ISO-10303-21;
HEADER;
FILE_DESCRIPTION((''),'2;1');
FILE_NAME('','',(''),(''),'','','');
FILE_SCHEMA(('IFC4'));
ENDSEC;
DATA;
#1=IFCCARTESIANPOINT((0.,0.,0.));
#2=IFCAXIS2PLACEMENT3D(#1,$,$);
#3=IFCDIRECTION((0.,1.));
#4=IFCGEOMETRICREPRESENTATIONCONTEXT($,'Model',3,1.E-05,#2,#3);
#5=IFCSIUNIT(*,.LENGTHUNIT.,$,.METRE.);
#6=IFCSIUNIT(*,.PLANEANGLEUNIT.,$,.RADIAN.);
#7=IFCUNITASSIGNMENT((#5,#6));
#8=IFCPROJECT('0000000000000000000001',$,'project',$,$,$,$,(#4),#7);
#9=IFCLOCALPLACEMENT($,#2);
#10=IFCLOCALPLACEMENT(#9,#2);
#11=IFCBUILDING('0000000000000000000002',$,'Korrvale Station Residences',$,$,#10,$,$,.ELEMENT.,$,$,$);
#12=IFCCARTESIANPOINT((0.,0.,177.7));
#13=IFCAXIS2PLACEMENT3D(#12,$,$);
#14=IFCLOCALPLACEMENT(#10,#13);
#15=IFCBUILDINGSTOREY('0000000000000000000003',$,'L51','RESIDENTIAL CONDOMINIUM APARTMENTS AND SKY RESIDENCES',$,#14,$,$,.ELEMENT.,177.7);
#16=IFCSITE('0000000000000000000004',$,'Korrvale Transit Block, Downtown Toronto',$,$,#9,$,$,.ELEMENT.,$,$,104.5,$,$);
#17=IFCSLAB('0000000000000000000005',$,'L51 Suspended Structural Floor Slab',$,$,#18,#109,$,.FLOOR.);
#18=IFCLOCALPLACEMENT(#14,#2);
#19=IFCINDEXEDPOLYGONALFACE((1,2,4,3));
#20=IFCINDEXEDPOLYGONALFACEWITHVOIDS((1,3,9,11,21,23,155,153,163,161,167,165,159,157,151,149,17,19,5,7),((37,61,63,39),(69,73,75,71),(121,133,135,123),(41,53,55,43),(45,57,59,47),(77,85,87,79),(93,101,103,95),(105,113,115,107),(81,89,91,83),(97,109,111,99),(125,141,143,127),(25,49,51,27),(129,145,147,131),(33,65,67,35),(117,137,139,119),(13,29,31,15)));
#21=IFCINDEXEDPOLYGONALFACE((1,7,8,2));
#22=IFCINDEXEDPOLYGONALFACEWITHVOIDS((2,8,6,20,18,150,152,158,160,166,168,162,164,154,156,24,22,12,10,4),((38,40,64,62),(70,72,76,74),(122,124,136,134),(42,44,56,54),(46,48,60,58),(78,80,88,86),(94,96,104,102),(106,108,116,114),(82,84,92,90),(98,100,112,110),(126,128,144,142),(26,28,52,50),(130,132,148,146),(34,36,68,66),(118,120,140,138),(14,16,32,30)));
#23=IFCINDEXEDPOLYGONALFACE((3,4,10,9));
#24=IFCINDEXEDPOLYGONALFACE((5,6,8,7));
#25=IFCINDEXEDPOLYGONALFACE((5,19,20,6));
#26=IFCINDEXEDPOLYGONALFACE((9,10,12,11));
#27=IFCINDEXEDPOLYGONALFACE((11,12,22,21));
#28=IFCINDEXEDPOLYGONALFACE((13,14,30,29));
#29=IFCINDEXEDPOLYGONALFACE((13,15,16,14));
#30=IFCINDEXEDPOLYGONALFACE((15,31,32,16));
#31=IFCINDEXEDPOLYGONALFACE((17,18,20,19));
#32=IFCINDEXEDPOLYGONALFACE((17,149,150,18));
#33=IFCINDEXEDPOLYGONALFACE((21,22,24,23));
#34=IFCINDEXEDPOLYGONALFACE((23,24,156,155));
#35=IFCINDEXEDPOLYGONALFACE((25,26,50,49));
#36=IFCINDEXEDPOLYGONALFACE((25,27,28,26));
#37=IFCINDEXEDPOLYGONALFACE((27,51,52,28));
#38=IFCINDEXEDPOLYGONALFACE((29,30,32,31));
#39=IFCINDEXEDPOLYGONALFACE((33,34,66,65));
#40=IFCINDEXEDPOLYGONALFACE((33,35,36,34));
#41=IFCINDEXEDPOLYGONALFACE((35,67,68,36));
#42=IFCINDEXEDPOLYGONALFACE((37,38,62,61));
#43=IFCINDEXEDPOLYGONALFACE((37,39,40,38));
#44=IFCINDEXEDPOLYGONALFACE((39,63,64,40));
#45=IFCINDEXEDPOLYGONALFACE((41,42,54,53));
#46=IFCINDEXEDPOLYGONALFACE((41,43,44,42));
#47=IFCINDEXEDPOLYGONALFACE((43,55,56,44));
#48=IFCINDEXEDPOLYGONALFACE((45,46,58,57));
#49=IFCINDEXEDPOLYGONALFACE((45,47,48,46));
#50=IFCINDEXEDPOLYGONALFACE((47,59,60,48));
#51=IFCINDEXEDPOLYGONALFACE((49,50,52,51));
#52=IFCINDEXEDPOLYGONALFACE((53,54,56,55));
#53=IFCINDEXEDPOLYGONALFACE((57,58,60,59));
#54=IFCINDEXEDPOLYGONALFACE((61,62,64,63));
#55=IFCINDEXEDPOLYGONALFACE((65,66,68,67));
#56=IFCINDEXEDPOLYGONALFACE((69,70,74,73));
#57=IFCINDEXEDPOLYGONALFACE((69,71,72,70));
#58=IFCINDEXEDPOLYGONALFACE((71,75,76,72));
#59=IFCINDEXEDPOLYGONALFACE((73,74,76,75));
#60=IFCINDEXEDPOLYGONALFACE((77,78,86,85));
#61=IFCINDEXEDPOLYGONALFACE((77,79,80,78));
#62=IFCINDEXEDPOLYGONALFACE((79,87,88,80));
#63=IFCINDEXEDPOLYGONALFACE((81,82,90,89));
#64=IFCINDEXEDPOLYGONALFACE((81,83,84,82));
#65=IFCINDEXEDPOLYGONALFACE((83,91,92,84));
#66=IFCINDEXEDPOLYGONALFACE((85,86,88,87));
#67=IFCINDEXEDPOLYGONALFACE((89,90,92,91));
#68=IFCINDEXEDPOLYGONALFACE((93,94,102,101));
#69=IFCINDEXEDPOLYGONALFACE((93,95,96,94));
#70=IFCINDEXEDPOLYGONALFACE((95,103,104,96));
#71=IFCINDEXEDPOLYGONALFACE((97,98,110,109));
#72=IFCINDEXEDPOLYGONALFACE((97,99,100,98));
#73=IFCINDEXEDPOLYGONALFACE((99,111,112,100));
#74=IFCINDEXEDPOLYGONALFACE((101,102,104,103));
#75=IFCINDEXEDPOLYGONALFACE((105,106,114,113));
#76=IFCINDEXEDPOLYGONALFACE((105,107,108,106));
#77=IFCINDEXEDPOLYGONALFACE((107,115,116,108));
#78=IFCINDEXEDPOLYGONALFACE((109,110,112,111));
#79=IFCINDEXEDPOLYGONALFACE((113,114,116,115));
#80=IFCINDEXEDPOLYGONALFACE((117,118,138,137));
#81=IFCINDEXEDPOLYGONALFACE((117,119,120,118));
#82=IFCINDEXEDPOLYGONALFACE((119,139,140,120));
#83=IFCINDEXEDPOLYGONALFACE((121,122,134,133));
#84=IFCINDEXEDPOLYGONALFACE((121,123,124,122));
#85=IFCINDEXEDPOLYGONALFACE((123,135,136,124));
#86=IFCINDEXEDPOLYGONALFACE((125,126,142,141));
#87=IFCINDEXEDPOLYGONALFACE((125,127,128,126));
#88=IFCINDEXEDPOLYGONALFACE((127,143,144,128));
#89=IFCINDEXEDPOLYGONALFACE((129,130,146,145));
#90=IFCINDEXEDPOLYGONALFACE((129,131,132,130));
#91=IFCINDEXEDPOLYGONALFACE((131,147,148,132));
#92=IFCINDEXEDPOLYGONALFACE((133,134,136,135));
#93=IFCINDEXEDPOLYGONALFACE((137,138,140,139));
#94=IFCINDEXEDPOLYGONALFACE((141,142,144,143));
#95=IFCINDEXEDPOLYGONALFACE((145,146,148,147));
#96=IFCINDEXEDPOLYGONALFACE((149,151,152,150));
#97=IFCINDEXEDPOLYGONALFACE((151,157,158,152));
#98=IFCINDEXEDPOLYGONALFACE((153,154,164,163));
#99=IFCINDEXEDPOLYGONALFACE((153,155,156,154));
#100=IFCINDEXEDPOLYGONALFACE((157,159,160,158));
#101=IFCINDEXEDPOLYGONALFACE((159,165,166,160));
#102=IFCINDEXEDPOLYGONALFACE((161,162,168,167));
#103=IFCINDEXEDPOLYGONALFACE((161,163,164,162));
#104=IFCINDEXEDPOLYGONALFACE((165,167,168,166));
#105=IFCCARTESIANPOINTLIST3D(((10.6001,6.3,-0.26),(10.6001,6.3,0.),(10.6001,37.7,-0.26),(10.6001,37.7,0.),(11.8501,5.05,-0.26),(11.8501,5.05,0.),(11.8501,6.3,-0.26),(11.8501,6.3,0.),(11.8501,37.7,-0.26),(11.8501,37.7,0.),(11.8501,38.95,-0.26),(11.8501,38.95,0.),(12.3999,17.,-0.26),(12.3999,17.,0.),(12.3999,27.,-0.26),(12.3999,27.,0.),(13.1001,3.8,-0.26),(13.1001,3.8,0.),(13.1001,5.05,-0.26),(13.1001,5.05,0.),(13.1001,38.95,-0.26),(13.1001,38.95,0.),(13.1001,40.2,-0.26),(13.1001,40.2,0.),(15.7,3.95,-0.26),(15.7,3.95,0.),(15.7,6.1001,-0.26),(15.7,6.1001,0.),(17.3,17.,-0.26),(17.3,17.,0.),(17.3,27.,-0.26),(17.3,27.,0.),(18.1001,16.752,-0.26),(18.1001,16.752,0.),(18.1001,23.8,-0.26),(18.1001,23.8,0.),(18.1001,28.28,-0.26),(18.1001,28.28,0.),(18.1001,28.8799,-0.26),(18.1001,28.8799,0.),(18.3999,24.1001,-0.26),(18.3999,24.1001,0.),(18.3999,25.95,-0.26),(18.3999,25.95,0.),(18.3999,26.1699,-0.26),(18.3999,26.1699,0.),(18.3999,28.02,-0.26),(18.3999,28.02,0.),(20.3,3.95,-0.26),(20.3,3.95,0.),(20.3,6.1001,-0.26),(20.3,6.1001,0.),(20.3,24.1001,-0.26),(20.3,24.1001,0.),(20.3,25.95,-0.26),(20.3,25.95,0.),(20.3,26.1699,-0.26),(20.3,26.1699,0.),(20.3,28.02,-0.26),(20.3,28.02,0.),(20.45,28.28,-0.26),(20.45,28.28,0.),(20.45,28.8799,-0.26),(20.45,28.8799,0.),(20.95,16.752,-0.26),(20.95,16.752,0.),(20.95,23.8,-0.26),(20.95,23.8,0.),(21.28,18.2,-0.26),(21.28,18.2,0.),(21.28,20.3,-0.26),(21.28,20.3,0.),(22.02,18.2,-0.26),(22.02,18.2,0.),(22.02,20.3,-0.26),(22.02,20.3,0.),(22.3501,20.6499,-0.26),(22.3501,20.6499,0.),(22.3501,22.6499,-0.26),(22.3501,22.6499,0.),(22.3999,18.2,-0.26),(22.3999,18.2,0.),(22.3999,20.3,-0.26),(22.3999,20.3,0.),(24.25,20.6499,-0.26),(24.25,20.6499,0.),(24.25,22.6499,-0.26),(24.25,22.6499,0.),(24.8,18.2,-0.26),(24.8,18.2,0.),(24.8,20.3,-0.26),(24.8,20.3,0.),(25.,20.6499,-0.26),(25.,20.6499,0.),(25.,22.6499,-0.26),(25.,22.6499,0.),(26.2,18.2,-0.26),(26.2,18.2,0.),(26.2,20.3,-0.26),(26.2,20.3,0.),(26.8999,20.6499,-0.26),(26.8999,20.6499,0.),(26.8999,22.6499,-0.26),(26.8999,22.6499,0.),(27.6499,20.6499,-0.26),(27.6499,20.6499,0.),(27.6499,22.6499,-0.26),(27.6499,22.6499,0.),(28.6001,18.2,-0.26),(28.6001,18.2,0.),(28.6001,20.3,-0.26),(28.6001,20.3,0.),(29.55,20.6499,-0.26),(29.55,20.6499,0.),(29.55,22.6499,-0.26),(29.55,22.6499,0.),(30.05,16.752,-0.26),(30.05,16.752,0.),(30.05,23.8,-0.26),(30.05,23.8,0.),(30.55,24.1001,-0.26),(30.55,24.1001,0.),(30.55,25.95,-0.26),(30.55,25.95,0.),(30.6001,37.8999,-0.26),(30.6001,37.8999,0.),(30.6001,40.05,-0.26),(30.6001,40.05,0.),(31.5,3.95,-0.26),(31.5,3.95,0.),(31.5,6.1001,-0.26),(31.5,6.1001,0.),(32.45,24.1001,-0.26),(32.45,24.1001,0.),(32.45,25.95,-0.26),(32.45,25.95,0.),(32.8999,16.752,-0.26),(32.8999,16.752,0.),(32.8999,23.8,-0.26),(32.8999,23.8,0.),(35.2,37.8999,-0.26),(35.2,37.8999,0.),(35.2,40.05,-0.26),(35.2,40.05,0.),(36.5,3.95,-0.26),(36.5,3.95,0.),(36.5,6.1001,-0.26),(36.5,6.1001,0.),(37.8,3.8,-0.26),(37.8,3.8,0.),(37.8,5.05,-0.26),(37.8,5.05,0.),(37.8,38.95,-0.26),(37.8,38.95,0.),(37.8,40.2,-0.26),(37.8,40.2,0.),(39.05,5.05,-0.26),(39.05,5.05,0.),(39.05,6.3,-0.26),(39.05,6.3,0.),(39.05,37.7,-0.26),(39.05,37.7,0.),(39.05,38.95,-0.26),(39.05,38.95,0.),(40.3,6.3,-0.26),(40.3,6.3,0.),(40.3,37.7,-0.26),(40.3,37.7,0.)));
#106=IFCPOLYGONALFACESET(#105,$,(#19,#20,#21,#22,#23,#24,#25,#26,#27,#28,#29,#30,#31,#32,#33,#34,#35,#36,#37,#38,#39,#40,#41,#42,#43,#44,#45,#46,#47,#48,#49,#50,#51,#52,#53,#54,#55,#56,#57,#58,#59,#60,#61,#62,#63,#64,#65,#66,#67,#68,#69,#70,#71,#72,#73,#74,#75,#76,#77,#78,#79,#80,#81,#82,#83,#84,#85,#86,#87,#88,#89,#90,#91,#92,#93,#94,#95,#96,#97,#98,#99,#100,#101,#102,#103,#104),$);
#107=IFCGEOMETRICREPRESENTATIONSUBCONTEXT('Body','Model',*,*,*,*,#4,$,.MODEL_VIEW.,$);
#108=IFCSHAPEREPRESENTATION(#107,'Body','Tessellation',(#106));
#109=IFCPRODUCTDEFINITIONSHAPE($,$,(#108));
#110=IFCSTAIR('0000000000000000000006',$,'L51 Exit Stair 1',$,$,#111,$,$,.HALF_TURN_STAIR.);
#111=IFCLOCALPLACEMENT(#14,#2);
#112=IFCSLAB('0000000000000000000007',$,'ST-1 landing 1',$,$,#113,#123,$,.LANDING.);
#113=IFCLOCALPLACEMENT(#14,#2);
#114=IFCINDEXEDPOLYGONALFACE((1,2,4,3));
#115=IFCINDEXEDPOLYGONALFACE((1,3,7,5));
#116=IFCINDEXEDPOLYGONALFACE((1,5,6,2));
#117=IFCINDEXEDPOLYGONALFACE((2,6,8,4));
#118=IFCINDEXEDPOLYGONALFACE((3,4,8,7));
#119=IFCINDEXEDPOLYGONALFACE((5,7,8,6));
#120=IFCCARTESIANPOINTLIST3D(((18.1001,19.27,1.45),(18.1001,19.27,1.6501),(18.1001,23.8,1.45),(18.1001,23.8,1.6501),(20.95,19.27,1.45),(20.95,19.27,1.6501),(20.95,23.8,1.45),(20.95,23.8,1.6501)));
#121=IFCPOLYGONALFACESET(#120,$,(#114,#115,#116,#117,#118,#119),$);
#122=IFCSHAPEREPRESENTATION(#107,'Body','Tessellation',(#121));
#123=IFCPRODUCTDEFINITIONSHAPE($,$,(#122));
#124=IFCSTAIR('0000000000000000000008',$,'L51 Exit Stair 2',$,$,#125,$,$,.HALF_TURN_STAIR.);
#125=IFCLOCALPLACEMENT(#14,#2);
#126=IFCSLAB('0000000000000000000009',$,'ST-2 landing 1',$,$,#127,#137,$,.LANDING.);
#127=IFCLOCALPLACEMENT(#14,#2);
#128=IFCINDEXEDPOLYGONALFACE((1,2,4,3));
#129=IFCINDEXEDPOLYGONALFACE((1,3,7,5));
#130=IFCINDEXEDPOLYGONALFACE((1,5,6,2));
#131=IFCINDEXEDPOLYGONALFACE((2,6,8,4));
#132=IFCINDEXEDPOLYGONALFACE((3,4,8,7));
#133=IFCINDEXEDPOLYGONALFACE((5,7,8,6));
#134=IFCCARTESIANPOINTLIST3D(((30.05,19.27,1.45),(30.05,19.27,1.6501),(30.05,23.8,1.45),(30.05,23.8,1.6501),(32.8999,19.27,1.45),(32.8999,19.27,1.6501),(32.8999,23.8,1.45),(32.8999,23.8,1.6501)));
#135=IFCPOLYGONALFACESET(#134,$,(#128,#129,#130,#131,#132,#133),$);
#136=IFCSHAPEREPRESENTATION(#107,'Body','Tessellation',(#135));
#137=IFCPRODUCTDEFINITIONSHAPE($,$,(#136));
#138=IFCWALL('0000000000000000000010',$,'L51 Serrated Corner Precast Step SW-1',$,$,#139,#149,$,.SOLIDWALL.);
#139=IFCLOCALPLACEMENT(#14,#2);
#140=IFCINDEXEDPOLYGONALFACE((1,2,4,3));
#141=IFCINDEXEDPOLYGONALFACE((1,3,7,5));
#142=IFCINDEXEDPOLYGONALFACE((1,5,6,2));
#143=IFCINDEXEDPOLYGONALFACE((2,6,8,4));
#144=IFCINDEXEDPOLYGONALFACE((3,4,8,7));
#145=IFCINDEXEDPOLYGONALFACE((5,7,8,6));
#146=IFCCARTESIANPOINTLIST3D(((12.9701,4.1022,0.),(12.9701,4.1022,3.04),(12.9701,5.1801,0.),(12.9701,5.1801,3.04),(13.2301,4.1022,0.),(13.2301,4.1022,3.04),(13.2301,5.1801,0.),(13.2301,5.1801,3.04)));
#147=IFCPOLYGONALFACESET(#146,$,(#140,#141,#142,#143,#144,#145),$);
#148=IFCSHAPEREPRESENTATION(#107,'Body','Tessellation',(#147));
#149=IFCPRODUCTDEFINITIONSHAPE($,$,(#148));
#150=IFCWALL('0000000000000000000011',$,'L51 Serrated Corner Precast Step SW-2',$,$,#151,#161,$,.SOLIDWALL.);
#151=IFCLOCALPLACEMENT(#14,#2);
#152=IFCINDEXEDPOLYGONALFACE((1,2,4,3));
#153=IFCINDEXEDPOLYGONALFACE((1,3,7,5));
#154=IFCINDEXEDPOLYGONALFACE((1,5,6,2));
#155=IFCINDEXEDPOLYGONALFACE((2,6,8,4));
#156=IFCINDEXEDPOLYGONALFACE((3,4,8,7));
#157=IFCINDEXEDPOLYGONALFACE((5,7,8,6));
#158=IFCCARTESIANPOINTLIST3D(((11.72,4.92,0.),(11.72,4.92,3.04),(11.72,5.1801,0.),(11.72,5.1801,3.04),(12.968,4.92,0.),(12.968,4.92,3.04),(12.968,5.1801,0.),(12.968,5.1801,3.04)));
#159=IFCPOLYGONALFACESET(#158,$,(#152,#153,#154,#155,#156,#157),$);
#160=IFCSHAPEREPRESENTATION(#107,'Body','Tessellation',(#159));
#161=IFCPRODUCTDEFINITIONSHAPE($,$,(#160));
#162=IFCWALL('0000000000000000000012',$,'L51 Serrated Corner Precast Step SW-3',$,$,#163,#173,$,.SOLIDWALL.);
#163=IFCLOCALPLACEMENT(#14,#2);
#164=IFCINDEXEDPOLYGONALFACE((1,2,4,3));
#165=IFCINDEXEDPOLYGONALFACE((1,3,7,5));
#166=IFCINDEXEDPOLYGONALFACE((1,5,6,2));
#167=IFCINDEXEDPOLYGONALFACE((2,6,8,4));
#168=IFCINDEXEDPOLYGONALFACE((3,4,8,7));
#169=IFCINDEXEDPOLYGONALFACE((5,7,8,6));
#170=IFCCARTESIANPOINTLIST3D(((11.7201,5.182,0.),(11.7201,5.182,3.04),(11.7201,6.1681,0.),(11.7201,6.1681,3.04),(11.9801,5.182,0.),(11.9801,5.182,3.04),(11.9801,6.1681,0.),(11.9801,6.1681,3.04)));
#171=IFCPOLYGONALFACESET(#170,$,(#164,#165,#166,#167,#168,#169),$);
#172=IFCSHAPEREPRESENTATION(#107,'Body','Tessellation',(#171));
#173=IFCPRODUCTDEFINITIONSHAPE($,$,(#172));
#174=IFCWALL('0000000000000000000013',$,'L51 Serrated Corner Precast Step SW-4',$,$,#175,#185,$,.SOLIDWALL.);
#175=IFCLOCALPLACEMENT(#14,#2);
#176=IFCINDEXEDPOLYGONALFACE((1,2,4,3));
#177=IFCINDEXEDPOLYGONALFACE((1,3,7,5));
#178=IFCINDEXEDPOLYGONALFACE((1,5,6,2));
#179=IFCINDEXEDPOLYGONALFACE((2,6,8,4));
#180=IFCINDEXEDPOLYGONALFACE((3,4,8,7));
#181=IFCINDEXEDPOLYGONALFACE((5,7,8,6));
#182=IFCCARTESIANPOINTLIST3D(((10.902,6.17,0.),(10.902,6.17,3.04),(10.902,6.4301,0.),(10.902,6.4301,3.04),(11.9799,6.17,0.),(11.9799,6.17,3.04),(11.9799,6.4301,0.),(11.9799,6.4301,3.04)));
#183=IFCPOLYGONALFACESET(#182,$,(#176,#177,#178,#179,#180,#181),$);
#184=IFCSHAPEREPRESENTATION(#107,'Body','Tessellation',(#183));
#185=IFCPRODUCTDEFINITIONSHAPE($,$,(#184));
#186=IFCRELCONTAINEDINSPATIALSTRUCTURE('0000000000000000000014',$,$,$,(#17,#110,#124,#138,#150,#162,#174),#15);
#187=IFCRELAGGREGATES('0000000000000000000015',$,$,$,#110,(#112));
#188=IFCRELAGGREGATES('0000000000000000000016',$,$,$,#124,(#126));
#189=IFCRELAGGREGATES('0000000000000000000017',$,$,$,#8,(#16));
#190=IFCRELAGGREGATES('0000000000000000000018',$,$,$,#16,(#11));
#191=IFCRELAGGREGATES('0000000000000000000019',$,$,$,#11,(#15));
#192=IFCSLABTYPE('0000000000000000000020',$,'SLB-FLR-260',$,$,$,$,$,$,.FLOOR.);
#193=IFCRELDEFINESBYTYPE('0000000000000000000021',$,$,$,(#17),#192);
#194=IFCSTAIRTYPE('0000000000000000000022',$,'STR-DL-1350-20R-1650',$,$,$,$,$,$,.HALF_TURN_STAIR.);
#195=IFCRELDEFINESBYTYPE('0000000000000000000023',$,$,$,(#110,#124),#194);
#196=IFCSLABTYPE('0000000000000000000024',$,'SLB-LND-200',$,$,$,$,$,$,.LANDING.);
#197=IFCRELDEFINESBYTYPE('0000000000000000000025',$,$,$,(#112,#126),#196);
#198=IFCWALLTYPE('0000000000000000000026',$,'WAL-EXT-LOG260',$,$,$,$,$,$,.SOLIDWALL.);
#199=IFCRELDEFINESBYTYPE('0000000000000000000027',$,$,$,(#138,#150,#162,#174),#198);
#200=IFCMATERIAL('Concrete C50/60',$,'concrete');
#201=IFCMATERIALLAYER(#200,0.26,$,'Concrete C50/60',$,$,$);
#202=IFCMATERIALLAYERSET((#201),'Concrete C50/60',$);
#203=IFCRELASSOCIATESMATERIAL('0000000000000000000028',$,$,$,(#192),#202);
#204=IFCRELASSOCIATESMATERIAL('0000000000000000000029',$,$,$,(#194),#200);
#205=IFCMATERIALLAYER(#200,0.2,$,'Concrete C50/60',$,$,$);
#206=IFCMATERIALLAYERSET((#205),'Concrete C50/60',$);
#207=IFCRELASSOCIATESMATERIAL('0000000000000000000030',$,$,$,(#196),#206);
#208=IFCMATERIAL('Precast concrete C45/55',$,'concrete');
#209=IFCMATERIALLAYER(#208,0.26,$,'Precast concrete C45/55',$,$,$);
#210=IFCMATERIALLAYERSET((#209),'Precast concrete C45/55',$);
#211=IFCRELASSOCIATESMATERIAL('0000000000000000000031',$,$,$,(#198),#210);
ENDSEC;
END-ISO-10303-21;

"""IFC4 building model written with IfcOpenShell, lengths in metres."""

from ifc_helpers import new_model, si_unit, direction, frame, frame_2d, origin, place, context, subcontext, project, spatial, polyline, rectangle, outline, extrude, material, layer, layer_set, type_object, element, aggregate, save


model = new_model("IFC4")

# Units and contexts
model_context = context("Model", 3, precision=1e-05, world=origin(), true_north=direction((0.0, 1.0)))
body_context = subcontext(model_context, "Body", "Model", "MODEL_VIEW")
ifc_project = project(units=[si_unit("LENGTHUNIT", "METRE"), si_unit("PLANEANGLEUNIT", "RADIAN")], contexts=[model_context])

# Site, building, storey
site_placement = place(None, origin())
site = spatial("IfcSite", under=ifc_project, at=site_placement, Name="Korrvale Transit Block, Downtown Toronto", CompositionType="ELEMENT", RefElevation=104.5)
building_placement = place(site_placement, origin())
building = spatial("IfcBuilding", under=site, at=building_placement, Name="Korrvale Station Residences", CompositionType="ELEMENT")
storey_placement = place(building_placement, frame((0.0, 0.0, 177.7)))
storey = spatial("IfcBuildingStorey", under=building, at=storey_placement, Name="L51", Description="RESIDENTIAL CONDOMINIUM APARTMENTS AND SKY RESIDENCES", CompositionType="ELEMENT", Elevation=177.7)

# Shared definitions
ifc_material_1 = material(Name="Concrete C50/60", Category="concrete")

# Slab
ifc_layer_1 = layer(ifc_material_1, 0.26, Name="Concrete C50/60")
ifc_layer_set_1 = layer_set([ifc_layer_1], Name="Concrete C50/60")
slab_type_1 = type_object("IfcSlabType", Name="SLB-FLR-260", PredefinedType="FLOOR", material=ifc_layer_set_1)
slab_1_placement = place(storey_placement, frame((0.0, 0.0, -0.26)))
element("IfcSlab", 1, at=slab_1_placement, inside=storey, type_object=slab_type_1, Name="L51 Suspended Structural Floor Slab", PredefinedType="FLOOR", context=body_context, shape_type="SweptSolid", body=[
    extrude(outline(polyline([(13.1001, 3.8), (37.8, 3.8), (37.8, 5.05), (39.05, 5.05), (39.05, 6.3), (40.3, 6.3), (40.3, 37.7), (39.05, 37.7), (39.05, 38.95), (37.8, 38.95), (37.8, 40.2), (13.1001, 40.2), (13.1001, 38.95), (11.8501, 38.95), (11.8501, 37.7), (10.6001, 37.7), (10.6001, 6.3), (11.8501, 6.3), (11.8501, 5.05), (13.1001, 5.05), (13.1001, 3.8)]), holes=[polyline([(20.95, 16.752), (20.95, 23.8), (18.1001, 23.8), (18.1001, 16.752), (20.95, 16.752)]), polyline([(32.8999, 16.752), (32.8999, 23.8), (30.05, 23.8), (30.05, 16.752), (32.8999, 16.752)]), polyline([(12.3999, 17.0), (17.3, 17.0), (17.3, 27.0), (12.3999, 27.0), (12.3999, 17.0)]), polyline([(22.3501, 20.6499), (24.25, 20.6499), (24.25, 22.6499), (22.3501, 22.6499), (22.3501, 20.6499)]), polyline([(25.0, 20.6499), (26.8999, 20.6499), (26.8999, 22.6499), (25.0, 22.6499), (25.0, 20.6499)]), polyline([(27.6499, 20.6499), (29.55, 20.6499), (29.55, 22.6499), (27.6499, 22.6499), (27.6499, 20.6499)]), polyline([(18.3999, 24.1001), (20.3, 24.1001), (20.3, 25.95), (18.3999, 25.95), (18.3999, 24.1001)]), polyline([(18.3999, 26.1699), (20.3, 26.1699), (20.3, 28.02), (18.3999, 28.02), (18.3999, 26.1699)]), polyline([(30.55, 24.1001), (32.45, 24.1001), (32.45, 25.95), (30.55, 25.95), (30.55, 24.1001)]), polyline([(22.3999, 18.2), (24.8, 18.2), (24.8, 20.3), (22.3999, 20.3), (22.3999, 18.2)]), polyline([(26.2, 18.2), (28.6001, 18.2), (28.6001, 20.3), (26.2, 20.3), (26.2, 18.2)]), polyline([(18.1001, 28.28), (20.45, 28.28), (20.45, 28.8799), (18.1001, 28.8799), (18.1001, 28.28)]), polyline([(21.28, 18.2), (22.02, 18.2), (22.02, 20.3), (21.28, 20.3), (21.28, 18.2)]), polyline([(15.7, 3.95), (20.3, 3.95), (20.3, 6.1001), (15.7, 6.1001), (15.7, 3.95)]), polyline([(30.6001, 37.8999), (35.2, 37.8999), (35.2, 40.05), (30.6001, 40.05), (30.6001, 37.8999)]), polyline([(31.5, 3.95), (36.5, 3.95), (36.5, 6.1001), (31.5, 6.1001), (31.5, 3.95)])]), origin(), (0.0, 0.0, 1.0), 0.26),
])

# Stairs, slabs
stair_type = type_object("IfcStairType", Name="STR-DL-1350-20R-1650", PredefinedType="HALF_TURN_STAIR", material=ifc_material_1)
stair_1_placement = place(storey_placement, origin())
stair_1 = element("IfcStair", 2, at=stair_1_placement, inside=storey, type_object=stair_type, Name="L51 Exit Stair 1", PredefinedType="HALF_TURN_STAIR")
ifc_layer_2 = layer(ifc_material_1, 0.2, Name="Concrete C50/60")
ifc_layer_set_2 = layer_set([ifc_layer_2], Name="Concrete C50/60")
slab_type_2 = type_object("IfcSlabType", Name="SLB-LND-200", PredefinedType="LANDING", material=ifc_layer_set_2)
slab_2_placement = place(storey_placement, frame((0.0, 0.0, 1.45)))
slab_2 = element("IfcSlab", 3, at=slab_2_placement, type_object=slab_type_2, Name="ST-1 landing 1", PredefinedType="LANDING", context=body_context, shape_type="SweptSolid", body=[
    extrude(outline(polyline([(20.95, 19.27), (20.95, 23.8), (18.1001, 23.8), (18.1001, 19.27), (20.95, 19.27)])), origin(), (0.0, 0.0, 1.0), 0.2002),
])
aggregate(stair_1, [slab_2])
stair_2_placement = place(storey_placement, origin())
stair_2 = element("IfcStair", 4, at=stair_2_placement, inside=storey, type_object=stair_type, Name="L51 Exit Stair 2", PredefinedType="HALF_TURN_STAIR")
slab_3_placement = place(storey_placement, frame((0.0, 0.0, 1.45)))
slab_3 = element("IfcSlab", 5, at=slab_3_placement, type_object=slab_type_2, Name="ST-2 landing 1", PredefinedType="LANDING", context=body_context, shape_type="SweptSolid", body=[
    extrude(outline(polyline([(32.8999, 19.27), (32.8999, 23.8), (30.05, 23.8), (30.05, 19.27), (32.8999, 19.27)])), origin(), (0.0, 0.0, 1.0), 0.2002),
])
aggregate(stair_2, [slab_3])

# Walls
ifc_material_2 = material(Name="Precast concrete C45/55", Category="concrete")
ifc_layer_3 = layer(ifc_material_2, 0.26, Name="Precast concrete C45/55")
ifc_layer_set_3 = layer_set([ifc_layer_3], Name="Precast concrete C45/55")
wall_type_1 = type_object("IfcWallType", Name="WAL-EXT-LOG260", PredefinedType="SOLIDWALL", material=ifc_layer_set_3)
wall_1_placement = place(storey_placement, frame((13.1001, 4.1021, 0.0), z_axis=(0.0, 0.0, 1.0), x_axis=(0.0, 1.0, 0.0)))
element("IfcWall", 6, at=wall_1_placement, inside=storey, type_object=wall_type_1, Name="L51 Serrated Corner Precast Step SW-1", PredefinedType="SOLIDWALL", context=body_context, shape_type="SweptSolid", body=[
    extrude(rectangle(XDim=1.0779, YDim=0.26, at=frame_2d((0.5391, 0.0))), origin(), (0.0, 0.0, 1.0), 3.04),
])
wall_2_placement = place(storey_placement, frame((12.968, 5.05, 0.0), z_axis=(0.0, 0.0, 1.0), x_axis=(-1.0, 0.0, 0.0)))
element("IfcWall", 7, at=wall_2_placement, inside=storey, type_object=wall_type_1, Name="L51 Serrated Corner Precast Step SW-2", PredefinedType="SOLIDWALL", context=body_context, shape_type="SweptSolid", body=[
    extrude(rectangle(XDim=1.248, YDim=0.26, at=frame_2d((0.624, 0.0))), origin(), (0.0, 0.0, 1.0), 3.04),
])
wall_3_placement = place(storey_placement, frame((11.8501, 5.1819, 0.0), z_axis=(0.0, 0.0, 1.0), x_axis=(0.0, 1.0, 0.0)))
element("IfcWall", 8, at=wall_3_placement, inside=storey, type_object=wall_type_1, Name="L51 Serrated Corner Precast Step SW-3", PredefinedType="SOLIDWALL", context=body_context, shape_type="SweptSolid", body=[
    extrude(rectangle(XDim=0.9861, YDim=0.26, at=frame_2d((0.4932, 0.0))), origin(), (0.0, 0.0, 1.0), 3.04),
])
wall_4_placement = place(storey_placement, frame((11.98, 6.3, 0.0), z_axis=(0.0, 0.0, 1.0), x_axis=(-1.0, 0.0, 0.0)))
element("IfcWall", 9, at=wall_4_placement, inside=storey, type_object=wall_type_1, Name="L51 Serrated Corner Precast Step SW-4", PredefinedType="SOLIDWALL", context=body_context, shape_type="SweptSolid", body=[
    extrude(rectangle(XDim=1.0779, YDim=0.26, at=frame_2d((0.5391, 0.0))), origin(), (0.0, 0.0, 1.0), 3.04),
])

save(model, "model.ifc")
